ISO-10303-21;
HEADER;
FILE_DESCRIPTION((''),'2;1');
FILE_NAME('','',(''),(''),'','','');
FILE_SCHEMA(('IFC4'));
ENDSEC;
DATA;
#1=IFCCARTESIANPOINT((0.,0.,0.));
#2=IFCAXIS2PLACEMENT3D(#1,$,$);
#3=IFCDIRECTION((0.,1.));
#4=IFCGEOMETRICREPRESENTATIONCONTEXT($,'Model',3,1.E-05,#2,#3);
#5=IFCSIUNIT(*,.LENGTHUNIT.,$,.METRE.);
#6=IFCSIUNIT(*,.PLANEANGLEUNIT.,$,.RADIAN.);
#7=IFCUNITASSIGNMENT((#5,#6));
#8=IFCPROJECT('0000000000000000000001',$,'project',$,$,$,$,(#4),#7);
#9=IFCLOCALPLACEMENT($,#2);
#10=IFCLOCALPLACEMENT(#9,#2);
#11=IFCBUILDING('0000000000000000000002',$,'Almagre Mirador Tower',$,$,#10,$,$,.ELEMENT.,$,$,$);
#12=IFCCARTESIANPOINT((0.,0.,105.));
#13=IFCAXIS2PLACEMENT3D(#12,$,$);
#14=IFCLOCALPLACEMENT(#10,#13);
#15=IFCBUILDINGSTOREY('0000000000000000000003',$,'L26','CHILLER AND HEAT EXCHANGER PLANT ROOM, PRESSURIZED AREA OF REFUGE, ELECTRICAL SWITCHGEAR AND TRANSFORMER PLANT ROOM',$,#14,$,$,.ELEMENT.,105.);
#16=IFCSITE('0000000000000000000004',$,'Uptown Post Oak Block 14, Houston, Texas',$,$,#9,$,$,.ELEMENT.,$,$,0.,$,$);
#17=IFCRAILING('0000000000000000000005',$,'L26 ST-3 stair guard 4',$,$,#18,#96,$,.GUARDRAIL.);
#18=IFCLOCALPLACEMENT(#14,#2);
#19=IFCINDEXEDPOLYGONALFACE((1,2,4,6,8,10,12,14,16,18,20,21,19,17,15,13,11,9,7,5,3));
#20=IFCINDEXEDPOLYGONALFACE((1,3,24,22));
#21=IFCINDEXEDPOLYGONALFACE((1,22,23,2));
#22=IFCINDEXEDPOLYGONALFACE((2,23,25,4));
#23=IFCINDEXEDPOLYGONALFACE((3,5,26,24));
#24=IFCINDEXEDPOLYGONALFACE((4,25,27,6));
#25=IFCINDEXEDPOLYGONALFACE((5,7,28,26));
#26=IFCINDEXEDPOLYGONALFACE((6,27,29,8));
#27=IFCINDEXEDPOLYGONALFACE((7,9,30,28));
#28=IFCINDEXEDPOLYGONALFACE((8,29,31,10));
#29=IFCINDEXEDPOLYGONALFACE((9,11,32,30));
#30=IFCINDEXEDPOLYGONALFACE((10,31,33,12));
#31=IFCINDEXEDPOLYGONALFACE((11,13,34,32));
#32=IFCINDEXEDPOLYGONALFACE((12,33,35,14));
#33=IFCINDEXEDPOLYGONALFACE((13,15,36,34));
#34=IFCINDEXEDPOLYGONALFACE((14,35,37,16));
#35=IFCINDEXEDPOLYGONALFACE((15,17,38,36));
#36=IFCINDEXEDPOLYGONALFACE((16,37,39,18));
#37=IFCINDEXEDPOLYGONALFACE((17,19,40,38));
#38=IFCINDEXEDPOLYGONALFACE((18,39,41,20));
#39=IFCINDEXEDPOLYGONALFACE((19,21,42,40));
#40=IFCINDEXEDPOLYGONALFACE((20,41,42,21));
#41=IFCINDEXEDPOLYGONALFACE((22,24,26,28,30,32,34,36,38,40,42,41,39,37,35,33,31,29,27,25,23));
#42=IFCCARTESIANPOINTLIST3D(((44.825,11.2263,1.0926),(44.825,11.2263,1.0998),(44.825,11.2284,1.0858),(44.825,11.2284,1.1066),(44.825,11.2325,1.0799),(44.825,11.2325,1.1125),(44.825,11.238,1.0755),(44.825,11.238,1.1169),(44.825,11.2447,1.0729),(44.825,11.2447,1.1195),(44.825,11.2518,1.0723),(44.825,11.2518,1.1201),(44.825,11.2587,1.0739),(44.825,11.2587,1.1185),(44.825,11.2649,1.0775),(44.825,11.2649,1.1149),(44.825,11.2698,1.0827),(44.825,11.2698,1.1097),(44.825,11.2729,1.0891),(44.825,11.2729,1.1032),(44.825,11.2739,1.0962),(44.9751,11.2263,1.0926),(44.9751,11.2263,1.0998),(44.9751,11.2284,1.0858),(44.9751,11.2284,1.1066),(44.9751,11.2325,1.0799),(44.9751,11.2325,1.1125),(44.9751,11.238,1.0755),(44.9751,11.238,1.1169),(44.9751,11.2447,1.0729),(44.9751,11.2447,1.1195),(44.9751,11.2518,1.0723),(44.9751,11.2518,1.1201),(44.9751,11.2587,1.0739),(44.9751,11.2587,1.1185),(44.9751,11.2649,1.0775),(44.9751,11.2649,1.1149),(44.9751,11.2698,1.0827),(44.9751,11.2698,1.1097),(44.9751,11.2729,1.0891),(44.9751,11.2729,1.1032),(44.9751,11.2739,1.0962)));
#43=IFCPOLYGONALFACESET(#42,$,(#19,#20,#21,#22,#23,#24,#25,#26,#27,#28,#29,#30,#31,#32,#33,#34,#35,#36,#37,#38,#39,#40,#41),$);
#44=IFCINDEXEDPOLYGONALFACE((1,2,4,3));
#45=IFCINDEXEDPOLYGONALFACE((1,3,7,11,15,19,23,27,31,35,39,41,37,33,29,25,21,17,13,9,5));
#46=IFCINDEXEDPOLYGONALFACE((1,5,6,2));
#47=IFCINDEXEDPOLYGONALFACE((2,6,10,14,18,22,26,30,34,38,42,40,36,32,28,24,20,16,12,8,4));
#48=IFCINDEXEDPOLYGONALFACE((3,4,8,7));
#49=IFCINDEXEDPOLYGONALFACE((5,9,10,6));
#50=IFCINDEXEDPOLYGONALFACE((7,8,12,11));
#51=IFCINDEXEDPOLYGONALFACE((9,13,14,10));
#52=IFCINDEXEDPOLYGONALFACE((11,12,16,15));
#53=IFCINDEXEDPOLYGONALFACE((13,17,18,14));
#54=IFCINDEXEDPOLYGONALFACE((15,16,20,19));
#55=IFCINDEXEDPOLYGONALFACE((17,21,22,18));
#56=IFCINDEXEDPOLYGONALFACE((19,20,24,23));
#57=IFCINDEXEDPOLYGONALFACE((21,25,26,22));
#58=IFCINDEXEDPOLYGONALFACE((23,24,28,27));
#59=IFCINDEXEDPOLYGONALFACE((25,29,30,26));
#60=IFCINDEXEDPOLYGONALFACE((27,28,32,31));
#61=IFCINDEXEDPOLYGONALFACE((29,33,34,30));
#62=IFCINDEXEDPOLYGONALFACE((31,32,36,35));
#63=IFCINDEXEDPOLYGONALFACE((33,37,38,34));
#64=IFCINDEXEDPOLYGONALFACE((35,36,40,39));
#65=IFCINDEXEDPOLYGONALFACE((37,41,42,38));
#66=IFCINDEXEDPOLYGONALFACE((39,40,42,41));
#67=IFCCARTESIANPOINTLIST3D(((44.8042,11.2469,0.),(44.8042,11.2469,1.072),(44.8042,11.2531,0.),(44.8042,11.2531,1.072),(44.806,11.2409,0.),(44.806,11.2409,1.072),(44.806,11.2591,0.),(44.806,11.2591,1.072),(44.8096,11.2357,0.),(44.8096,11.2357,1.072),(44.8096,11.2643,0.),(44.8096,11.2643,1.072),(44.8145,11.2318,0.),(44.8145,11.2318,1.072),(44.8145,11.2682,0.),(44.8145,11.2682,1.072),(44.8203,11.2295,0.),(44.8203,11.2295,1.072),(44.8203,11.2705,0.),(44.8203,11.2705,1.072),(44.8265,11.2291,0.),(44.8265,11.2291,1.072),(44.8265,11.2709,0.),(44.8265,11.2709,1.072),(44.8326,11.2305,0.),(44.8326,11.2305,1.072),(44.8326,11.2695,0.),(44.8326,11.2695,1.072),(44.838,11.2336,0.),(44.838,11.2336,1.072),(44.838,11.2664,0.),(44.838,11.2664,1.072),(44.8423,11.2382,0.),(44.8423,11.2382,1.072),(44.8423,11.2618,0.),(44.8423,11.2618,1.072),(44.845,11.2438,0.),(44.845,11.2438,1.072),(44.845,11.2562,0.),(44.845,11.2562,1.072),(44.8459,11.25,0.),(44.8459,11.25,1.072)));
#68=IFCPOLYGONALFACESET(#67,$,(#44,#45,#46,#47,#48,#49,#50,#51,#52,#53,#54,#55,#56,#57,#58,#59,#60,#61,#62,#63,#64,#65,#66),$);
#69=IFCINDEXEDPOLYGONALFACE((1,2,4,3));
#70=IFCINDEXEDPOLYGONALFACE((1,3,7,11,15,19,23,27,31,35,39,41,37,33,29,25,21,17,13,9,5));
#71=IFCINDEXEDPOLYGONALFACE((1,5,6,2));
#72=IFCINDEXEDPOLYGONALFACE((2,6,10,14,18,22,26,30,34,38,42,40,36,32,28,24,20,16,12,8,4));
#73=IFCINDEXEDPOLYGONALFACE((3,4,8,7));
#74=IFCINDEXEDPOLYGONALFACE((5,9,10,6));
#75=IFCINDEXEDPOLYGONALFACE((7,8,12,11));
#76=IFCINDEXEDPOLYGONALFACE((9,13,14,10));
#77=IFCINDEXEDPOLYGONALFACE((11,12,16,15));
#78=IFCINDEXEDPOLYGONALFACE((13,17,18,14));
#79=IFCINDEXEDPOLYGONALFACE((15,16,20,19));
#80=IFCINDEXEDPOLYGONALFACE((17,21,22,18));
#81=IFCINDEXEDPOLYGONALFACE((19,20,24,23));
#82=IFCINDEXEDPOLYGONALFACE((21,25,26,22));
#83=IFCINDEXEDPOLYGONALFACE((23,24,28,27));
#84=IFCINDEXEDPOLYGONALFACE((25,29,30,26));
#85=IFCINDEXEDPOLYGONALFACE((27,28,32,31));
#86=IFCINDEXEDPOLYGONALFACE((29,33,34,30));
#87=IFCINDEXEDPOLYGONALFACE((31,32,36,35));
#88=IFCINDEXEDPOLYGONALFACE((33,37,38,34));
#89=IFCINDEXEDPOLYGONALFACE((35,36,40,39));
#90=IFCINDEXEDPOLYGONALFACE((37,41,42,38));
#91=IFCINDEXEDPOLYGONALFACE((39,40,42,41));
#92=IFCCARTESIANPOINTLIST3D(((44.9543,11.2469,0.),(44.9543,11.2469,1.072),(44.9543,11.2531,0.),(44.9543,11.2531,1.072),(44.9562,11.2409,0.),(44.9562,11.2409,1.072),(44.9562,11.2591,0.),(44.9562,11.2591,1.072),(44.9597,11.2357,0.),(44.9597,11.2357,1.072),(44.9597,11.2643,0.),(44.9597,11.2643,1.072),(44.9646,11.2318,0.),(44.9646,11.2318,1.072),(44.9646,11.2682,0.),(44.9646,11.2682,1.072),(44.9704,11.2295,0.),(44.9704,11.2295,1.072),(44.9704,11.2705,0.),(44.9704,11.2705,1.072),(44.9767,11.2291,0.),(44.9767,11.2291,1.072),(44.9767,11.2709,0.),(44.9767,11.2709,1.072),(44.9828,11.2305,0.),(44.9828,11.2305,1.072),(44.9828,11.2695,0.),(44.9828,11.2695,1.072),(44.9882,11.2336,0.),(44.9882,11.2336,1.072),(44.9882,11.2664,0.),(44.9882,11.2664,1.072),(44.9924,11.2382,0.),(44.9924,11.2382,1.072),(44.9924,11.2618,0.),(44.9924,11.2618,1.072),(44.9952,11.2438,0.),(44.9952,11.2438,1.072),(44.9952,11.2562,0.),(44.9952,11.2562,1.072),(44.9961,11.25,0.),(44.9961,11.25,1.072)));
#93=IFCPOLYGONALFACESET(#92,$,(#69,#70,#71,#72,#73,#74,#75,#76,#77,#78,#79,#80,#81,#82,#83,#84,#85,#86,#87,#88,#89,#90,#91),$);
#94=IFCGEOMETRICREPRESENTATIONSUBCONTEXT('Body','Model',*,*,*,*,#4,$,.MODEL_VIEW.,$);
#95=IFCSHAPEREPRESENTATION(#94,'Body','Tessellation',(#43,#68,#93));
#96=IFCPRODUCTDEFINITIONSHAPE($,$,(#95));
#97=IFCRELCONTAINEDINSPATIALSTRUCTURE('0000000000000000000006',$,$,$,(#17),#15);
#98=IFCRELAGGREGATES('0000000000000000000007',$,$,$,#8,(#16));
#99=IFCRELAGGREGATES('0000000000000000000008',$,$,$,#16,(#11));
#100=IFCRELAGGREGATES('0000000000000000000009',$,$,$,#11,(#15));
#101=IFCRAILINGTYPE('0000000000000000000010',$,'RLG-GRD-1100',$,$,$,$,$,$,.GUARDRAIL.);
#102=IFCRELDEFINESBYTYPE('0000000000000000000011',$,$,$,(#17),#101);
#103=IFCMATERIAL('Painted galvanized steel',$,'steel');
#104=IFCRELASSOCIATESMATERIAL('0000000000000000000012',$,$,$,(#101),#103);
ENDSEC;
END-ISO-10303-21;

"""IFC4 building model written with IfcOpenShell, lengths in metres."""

from ifc_helpers import new_model, si_unit, direction, frame, origin, origin_2d, place, context, subcontext, project, spatial, circle, extrude, material, type_object, element, save


model = new_model("IFC4")

# Units and contexts
model_context = context("Model", 3, precision=1e-05, world=origin(), true_north=direction((0.0, 1.0)))
body_context = subcontext(model_context, "Body", "Model", "MODEL_VIEW")
ifc_project = project(units=[si_unit("LENGTHUNIT", "METRE"), si_unit("PLANEANGLEUNIT", "RADIAN")], contexts=[model_context])

# Site, building, storey
site_placement = place(None, origin())
site = spatial("IfcSite", under=ifc_project, at=site_placement, Name="Uptown Post Oak Block 14, Houston, Texas", CompositionType="ELEMENT", RefElevation=0.0)
building_placement = place(site_placement, origin())
building = spatial("IfcBuilding", under=site, at=building_placement, Name="Almagre Mirador Tower", CompositionType="ELEMENT")
storey_placement = place(building_placement, frame((0.0, 0.0, 105.0)))
storey = spatial("IfcBuildingStorey", under=building, at=storey_placement, Name="L26", Description="CHILLER AND HEAT EXCHANGER PLANT ROOM, PRESSURIZED AREA OF REFUGE, ELECTRICAL SWITCHGEAR AND TRANSFORMER PLANT ROOM", CompositionType="ELEMENT", Elevation=105.0)

# Railing
ifc_material_1 = material(Name="Painted galvanized steel", Category="steel")
railing_type_1 = type_object("IfcRailingType", Name="RLG-GRD-1100", PredefinedType="GUARDRAIL", material=ifc_material_1)
railing_1_placement = place(storey_placement, frame((44.825, 11.25, 0.0)))
element("IfcRailing", 1, at=railing_1_placement, inside=storey, type_object=railing_type_1, Name="L26 ST-3 stair guard 4", PredefinedType="GUARDRAIL", context=body_context, shape_type="SweptSolid", body=[
    extrude(circle(Radius=0.0239, at=origin_2d()), frame((0.0, 0.0, 1.0962), z_axis=(1.0, 0.0, 0.0), x_axis=(0.0, 1.0, 0.0)), (0.0, 0.0, 1.0), 0.1501),
    extrude(circle(Radius=0.021, at=origin_2d()), origin(), (0.0, 0.0, 1.0), 1.072),
    extrude(circle(Radius=0.021, at=origin_2d()), frame((0.1501, 0.0, 0.0)), (0.0, 0.0, 1.0), 1.072),
])

save(model, "model.ifc")
